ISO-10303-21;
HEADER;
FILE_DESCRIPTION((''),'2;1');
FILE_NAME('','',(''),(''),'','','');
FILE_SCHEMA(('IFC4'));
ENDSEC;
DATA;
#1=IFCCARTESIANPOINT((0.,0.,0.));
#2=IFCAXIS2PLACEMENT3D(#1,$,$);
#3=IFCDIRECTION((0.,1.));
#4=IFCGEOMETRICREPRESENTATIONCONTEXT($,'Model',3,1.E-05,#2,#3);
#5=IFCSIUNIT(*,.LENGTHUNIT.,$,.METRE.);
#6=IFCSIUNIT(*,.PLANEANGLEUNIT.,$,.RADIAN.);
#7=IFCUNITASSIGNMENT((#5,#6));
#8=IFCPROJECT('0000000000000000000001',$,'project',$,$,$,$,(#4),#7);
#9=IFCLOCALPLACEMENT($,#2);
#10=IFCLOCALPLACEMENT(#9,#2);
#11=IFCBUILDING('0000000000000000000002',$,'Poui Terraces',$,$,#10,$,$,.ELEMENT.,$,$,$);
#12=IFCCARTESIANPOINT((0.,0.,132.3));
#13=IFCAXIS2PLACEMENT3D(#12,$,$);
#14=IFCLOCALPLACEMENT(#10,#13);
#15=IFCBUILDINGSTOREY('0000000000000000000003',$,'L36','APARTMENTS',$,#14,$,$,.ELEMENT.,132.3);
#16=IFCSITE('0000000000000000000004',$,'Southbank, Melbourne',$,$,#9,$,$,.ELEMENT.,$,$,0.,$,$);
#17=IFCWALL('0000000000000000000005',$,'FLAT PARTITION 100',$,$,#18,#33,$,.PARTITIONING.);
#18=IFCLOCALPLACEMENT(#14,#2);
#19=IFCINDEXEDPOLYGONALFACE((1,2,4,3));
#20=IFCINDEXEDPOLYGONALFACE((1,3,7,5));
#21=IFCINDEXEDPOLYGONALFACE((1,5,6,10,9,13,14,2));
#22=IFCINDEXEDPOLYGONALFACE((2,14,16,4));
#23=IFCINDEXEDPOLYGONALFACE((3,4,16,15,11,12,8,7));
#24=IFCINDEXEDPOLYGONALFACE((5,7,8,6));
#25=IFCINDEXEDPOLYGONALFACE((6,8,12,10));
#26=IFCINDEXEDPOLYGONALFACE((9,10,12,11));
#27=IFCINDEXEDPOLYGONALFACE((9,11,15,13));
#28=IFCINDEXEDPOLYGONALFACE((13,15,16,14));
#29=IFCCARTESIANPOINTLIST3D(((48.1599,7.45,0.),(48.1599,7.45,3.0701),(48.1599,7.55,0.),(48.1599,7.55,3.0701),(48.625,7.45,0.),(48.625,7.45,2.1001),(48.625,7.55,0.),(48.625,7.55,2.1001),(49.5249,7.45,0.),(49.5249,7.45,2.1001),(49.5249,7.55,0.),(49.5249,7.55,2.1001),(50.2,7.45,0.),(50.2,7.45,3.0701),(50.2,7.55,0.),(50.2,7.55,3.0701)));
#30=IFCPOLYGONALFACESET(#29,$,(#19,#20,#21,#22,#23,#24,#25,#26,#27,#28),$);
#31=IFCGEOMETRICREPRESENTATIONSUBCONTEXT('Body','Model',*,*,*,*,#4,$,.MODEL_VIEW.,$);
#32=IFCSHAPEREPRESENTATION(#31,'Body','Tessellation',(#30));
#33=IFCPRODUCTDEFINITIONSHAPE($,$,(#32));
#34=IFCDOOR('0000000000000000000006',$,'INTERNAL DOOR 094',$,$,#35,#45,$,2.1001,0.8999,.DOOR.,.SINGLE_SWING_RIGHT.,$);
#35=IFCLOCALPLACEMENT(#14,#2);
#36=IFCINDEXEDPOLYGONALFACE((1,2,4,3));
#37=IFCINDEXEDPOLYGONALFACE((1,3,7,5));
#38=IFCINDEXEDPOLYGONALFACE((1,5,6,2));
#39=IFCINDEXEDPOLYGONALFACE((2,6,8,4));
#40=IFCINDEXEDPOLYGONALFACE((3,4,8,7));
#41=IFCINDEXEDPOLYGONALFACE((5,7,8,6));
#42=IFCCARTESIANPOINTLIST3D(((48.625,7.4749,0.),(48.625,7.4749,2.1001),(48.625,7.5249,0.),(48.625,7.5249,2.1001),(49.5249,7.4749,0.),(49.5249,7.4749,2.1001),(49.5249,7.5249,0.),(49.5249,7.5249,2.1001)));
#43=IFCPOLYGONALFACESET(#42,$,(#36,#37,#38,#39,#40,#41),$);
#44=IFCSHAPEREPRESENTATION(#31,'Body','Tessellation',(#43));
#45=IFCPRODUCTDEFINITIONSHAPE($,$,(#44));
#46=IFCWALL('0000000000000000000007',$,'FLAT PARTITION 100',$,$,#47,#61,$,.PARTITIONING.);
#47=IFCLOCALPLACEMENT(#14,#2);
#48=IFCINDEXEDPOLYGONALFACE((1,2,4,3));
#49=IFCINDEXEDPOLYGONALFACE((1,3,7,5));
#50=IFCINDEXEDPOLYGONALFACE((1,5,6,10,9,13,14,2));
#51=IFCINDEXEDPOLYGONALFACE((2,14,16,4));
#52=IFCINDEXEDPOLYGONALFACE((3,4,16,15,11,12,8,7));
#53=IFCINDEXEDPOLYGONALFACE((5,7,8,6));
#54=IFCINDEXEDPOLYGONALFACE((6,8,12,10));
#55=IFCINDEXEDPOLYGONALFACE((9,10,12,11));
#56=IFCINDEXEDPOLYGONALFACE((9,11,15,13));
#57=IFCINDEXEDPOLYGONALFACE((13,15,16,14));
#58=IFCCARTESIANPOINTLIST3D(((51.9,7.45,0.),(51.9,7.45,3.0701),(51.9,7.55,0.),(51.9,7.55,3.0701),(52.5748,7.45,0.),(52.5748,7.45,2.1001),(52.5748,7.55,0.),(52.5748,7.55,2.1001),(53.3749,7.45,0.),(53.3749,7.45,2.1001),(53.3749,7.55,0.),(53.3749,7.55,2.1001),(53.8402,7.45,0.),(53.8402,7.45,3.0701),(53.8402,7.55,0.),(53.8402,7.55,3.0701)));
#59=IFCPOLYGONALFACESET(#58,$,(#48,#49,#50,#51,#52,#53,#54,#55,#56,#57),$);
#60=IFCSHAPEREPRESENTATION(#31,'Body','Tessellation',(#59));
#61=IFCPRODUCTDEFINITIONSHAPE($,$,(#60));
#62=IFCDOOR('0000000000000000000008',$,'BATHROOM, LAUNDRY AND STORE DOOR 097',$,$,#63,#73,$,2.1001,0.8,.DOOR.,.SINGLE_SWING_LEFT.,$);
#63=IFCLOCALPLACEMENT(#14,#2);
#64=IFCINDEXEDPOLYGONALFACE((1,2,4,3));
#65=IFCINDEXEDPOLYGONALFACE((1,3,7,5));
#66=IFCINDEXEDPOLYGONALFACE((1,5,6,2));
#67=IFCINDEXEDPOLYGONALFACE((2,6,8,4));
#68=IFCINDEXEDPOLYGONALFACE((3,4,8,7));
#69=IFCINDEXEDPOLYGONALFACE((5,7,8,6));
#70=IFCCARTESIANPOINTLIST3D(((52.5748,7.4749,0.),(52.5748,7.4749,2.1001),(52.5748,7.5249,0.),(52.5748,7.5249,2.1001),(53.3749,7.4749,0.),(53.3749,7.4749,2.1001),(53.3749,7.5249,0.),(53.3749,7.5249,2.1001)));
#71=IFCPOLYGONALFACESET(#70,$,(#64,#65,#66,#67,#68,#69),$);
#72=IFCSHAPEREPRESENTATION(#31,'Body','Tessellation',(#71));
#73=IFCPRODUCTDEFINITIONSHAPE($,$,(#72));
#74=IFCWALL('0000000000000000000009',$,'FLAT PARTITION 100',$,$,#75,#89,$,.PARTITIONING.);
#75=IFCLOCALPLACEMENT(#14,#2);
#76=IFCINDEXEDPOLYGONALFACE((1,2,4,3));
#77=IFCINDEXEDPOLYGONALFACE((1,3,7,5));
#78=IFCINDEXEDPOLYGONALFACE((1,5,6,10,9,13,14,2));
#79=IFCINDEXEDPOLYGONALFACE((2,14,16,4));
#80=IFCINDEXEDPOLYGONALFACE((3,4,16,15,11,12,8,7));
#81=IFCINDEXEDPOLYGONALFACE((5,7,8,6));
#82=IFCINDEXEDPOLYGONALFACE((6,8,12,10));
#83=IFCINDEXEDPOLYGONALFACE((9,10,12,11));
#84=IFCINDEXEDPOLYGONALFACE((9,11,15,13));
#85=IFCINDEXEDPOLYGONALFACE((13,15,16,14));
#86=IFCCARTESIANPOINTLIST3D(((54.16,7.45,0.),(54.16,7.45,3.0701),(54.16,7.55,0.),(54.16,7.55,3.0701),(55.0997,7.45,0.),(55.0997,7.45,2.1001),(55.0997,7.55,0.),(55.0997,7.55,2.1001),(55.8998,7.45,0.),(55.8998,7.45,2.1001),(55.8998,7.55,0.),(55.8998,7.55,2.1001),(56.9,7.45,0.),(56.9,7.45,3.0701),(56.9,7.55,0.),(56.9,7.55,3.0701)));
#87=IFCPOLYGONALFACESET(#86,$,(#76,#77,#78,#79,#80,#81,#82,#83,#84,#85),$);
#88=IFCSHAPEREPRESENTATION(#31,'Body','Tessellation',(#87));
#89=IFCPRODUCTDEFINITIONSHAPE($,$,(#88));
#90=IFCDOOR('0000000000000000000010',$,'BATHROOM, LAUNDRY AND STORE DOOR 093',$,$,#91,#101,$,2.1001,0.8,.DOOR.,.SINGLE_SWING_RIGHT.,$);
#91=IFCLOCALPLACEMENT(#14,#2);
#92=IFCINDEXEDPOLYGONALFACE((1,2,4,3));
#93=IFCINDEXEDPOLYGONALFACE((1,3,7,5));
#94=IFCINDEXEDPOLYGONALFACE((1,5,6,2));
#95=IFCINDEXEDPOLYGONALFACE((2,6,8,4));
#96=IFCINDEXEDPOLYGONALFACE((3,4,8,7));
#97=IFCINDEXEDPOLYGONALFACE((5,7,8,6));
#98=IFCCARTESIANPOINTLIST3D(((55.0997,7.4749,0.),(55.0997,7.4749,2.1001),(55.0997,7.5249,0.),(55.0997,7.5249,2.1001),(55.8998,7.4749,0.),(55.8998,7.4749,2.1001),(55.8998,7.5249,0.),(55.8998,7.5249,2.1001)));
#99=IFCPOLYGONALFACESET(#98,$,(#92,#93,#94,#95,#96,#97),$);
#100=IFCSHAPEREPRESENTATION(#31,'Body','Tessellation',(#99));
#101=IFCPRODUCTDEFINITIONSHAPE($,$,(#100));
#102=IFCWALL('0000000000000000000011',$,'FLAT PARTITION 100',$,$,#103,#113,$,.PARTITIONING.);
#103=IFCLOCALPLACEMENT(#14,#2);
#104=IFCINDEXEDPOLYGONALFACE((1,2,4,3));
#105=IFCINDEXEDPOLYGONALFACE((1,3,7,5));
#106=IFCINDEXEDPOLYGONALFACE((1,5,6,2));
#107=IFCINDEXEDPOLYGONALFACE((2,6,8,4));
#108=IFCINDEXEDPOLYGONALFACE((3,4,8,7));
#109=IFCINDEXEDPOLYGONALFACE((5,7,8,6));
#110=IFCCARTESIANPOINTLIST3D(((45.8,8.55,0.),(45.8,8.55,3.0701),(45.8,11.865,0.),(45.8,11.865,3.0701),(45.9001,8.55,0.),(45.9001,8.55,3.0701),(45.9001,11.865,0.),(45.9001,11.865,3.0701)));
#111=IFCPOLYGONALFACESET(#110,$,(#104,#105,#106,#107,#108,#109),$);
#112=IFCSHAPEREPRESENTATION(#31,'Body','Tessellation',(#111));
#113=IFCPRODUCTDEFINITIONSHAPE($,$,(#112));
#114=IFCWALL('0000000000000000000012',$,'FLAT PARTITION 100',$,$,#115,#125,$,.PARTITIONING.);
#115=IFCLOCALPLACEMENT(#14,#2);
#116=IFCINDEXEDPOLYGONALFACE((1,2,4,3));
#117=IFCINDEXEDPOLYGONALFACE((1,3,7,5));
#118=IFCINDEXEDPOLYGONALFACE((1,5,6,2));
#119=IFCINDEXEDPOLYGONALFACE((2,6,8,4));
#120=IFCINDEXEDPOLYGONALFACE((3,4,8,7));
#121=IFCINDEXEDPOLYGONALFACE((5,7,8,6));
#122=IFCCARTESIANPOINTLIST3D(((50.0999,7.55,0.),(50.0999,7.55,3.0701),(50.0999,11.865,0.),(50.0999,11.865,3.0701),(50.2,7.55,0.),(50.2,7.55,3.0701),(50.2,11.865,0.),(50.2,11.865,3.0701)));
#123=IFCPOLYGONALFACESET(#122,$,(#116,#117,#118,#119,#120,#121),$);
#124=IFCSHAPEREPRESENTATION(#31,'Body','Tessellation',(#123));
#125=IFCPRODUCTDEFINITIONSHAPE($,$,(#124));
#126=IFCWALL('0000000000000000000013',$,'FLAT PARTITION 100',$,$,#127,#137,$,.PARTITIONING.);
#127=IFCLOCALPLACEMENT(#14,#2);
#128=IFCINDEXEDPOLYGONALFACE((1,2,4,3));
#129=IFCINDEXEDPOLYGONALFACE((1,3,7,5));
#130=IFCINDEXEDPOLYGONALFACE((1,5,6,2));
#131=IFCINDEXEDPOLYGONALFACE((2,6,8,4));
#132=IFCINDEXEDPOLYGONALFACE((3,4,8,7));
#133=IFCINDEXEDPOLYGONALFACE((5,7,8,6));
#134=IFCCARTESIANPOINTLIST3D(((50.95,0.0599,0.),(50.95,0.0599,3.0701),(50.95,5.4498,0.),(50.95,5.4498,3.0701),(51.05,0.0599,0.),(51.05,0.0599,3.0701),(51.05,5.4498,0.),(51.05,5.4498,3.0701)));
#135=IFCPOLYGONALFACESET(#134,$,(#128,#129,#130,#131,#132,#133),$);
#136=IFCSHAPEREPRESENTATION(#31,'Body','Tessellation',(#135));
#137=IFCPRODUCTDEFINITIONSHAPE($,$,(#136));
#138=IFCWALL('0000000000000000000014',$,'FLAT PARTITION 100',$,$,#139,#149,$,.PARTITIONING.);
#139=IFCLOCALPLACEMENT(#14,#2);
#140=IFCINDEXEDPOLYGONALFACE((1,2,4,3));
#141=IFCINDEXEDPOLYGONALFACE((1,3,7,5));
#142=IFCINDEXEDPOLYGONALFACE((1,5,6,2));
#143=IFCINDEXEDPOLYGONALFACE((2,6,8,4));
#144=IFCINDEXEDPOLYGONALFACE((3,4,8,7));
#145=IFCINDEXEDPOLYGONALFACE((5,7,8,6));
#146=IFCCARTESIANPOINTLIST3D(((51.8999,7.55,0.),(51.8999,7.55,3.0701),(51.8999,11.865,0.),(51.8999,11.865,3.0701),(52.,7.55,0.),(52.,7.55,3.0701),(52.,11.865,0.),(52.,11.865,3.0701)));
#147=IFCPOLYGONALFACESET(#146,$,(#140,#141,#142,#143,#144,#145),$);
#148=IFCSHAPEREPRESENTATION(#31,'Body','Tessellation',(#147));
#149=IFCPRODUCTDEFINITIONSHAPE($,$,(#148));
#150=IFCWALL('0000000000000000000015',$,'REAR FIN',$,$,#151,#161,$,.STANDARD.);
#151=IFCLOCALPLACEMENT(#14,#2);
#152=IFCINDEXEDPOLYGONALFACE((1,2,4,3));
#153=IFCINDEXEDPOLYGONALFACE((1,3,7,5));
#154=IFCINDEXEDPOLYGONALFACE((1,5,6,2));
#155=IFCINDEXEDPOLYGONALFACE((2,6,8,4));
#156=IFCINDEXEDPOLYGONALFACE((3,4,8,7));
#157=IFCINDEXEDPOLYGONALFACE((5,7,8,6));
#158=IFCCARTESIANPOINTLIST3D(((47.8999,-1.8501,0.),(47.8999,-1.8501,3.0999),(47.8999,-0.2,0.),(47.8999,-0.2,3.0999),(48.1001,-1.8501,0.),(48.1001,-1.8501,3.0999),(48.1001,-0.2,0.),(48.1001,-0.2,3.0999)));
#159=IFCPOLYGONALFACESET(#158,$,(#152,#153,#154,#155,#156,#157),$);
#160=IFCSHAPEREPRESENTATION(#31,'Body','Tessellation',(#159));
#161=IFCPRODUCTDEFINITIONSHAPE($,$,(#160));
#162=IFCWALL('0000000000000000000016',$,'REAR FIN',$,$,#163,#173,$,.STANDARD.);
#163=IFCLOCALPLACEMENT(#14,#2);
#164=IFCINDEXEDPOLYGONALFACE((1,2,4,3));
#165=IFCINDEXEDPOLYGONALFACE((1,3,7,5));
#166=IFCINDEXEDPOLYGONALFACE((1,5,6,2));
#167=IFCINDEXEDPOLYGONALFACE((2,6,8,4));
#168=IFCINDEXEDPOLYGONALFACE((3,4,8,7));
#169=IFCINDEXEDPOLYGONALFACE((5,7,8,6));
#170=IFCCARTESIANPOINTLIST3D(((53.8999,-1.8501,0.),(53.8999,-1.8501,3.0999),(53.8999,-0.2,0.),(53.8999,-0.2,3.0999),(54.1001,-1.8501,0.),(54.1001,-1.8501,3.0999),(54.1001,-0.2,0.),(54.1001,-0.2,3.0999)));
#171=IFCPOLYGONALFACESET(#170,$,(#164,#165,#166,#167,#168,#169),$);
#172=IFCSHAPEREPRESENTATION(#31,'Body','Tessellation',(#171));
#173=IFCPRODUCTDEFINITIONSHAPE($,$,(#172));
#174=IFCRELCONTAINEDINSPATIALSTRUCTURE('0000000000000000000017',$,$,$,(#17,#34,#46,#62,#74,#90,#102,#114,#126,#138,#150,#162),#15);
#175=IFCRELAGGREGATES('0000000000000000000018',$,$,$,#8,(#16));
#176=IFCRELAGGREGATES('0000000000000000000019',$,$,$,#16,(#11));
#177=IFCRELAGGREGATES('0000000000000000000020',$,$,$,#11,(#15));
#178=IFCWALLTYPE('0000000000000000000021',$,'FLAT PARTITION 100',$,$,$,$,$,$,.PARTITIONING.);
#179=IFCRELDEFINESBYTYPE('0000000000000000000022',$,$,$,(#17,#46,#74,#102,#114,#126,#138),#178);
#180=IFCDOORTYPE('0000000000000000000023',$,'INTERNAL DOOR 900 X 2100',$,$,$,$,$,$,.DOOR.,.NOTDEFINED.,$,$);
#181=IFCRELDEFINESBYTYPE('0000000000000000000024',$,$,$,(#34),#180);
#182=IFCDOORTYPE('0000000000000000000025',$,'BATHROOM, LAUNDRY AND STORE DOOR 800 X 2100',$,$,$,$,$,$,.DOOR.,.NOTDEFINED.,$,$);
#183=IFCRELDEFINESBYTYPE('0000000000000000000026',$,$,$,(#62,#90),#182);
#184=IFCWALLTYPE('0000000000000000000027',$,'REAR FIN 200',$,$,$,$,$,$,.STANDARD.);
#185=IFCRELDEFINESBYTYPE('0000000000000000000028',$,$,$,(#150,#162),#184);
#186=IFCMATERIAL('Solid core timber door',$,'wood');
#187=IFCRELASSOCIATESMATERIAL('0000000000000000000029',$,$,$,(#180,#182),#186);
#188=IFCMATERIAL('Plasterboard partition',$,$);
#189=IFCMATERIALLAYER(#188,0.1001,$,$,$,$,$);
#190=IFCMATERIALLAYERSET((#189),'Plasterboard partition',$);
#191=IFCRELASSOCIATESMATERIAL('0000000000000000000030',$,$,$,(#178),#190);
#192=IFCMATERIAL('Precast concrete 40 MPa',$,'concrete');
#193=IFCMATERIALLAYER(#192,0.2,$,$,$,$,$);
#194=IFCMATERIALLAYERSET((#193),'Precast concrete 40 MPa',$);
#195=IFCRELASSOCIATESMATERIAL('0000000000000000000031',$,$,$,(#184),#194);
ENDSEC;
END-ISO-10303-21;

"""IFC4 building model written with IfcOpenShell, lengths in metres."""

from ifc_helpers import new_model, si_unit, direction, frame, frame_2d, origin, place, context, subcontext, project, spatial, polyline, rectangle, outline, extrude, source, transform, mapped, material, layer, layer_set, type_object, element, fill, save


model = new_model("IFC4")

# Units and contexts
model_context = context("Model", 3, precision=1e-05, world=origin(), true_north=direction((0.0, 1.0)))
body_context = subcontext(model_context, "Body", "Model", "MODEL_VIEW")
ifc_project = project(units=[si_unit("LENGTHUNIT", "METRE"), si_unit("PLANEANGLEUNIT", "RADIAN")], contexts=[model_context])

# Site, building, storey
site_placement = place(None, origin())
site = spatial("IfcSite", under=ifc_project, at=site_placement, Name="Southbank, Melbourne", CompositionType="ELEMENT", RefElevation=0.0)
building_placement = place(site_placement, origin())
building = spatial("IfcBuilding", under=site, at=building_placement, Name="Poui Terraces", CompositionType="ELEMENT")
storey_placement = place(building_placement, frame((0.0, 0.0, 132.3)))
storey = spatial("IfcBuildingStorey", under=building, at=storey_placement, Name="L36", Description="APARTMENTS", CompositionType="ELEMENT", Elevation=132.3)

# Shared definitions
ifc_material_1 = material(Name="Precast concrete 40 MPa", Category="concrete")

# Walls, openings, doors
ifc_material_2 = material(Name="Solid core timber door", Category="wood")
door_type_1 = type_object("IfcDoorType", Name="INTERNAL DOOR 900 X 2100", OperationType="NOTDEFINED", PredefinedType="DOOR", material=ifc_material_2)
ifc_material_3 = material(Name="Plasterboard partition")
ifc_layer_1 = layer(ifc_material_3, 0.1001)
ifc_layer_set_1 = layer_set([ifc_layer_1], Name="Plasterboard partition")
wall_type_1 = type_object("IfcWallType", Name="FLAT PARTITION 100", PredefinedType="PARTITIONING", material=ifc_layer_set_1)
wall_1_placement = place(storey_placement, frame((48.1599, 7.5, 0.0), z_axis=(0.0, 0.0, 1.0), x_axis=(1.0, 0.0, 0.0)))
wall_1 = element("IfcWall", 1, at=wall_1_placement, inside=storey, type_object=wall_type_1, Name="FLAT PARTITION 100", PredefinedType="PARTITIONING", context=body_context, shape_type="SweptSolid", body=[
    extrude(rectangle(XDim=2.04, YDim=0.1001, at=frame_2d((1.02, 0.0))), origin(), (0.0, 0.0, 1.0), 3.0701),
])
opening_1_placement = place(wall_1_placement, frame((0.4651, 0.0, 0.0)))
opening_1 = element("IfcOpeningElement", 2, at=opening_1_placement, cuts=wall_1, PredefinedType="OPENING", context=body_context, shape_type="SweptSolid", body=[
    extrude(rectangle(XDim=0.8999, YDim=2.1001, at=frame_2d((0.45, 1.05))), frame((0.0, 0.0601, 0.0), z_axis=(0.0, -1.0, 0.0), x_axis=(1.0, 0.0, 0.0)), (0.0, 0.0, 1.0), 0.1201),
])
door_1_placement = place(opening_1_placement, origin())
door_1 = element("IfcDoor", 3, at=door_1_placement, inside=storey, type_object=door_type_1, Name="INTERNAL DOOR 094", OperationType="SINGLE_SWING_RIGHT", OverallHeight=2.1001, OverallWidth=0.8999, PredefinedType="DOOR", context=body_context, shape_type="SweptSolid", body=[
    extrude(rectangle(XDim=0.8999, YDim=2.1001, at=frame_2d((0.45, 1.05))), frame((0.0, 0.0249, 0.0), z_axis=(0.0, -1.0, 0.0), x_axis=(1.0, 0.0, 0.0)), (0.0, 0.0, 1.0), 0.05),
])
fill(opening_1, door_1)
wall_2_placement = place(storey_placement, frame((51.8999, 7.5, 0.0), z_axis=(0.0, 0.0, 1.0), x_axis=(1.0, 0.0, 0.0)))
wall_2 = element("IfcWall", 4, at=wall_2_placement, inside=storey, type_object=wall_type_1, Name="FLAT PARTITION 100", PredefinedType="PARTITIONING", context=body_context, shape_type="SweptSolid", body=[
    extrude(rectangle(XDim=1.9402, YDim=0.1001, at=frame_2d((0.9702, 0.0))), origin(), (0.0, 0.0, 1.0), 3.0701),
])
opening_2_placement = place(wall_2_placement, frame((0.675, 0.0, 0.0)))
opening_2 = element("IfcOpeningElement", 5, at=opening_2_placement, cuts=wall_2, PredefinedType="OPENING", context=body_context, shape_type="SweptSolid", body=[
    extrude(rectangle(XDim=0.8, YDim=2.1001, at=frame_2d((0.3999, 1.05))), frame((0.0, 0.0601, 0.0), z_axis=(0.0, -1.0, 0.0), x_axis=(1.0, 0.0, 0.0)), (0.0, 0.0, 1.0), 0.1201),
])
door_type_2 = type_object("IfcDoorType", Name="BATHROOM, LAUNDRY AND STORE DOOR 800 X 2100", OperationType="NOTDEFINED", PredefinedType="DOOR", material=ifc_material_2)
door_2_placement = place(opening_2_placement, origin())
door_2 = element("IfcDoor", 6, at=door_2_placement, inside=storey, type_object=door_type_2, Name="BATHROOM, LAUNDRY AND STORE DOOR 097", OperationType="SINGLE_SWING_LEFT", OverallHeight=2.1001, OverallWidth=0.8, PredefinedType="DOOR", context=body_context, shape_type="SweptSolid", body=[
    extrude(rectangle(XDim=0.8, YDim=2.1001, at=frame_2d((0.3999, 1.05))), frame((0.0, 0.0249, 0.0), z_axis=(0.0, -1.0, 0.0), x_axis=(1.0, 0.0, 0.0)), (0.0, 0.0, 1.0), 0.05),
])
fill(opening_2, door_2)
wall_3_placement = place(storey_placement, frame((54.1599, 7.5, 0.0), z_axis=(0.0, 0.0, 1.0), x_axis=(1.0, 0.0, 0.0)))
wall_3 = element("IfcWall", 7, at=wall_3_placement, inside=storey, type_object=wall_type_1, Name="FLAT PARTITION 100", PredefinedType="PARTITIONING", context=body_context, shape_type="SweptSolid", body=[
    extrude(rectangle(XDim=2.74, YDim=0.1001, at=frame_2d((1.3701, 0.0))), origin(), (0.0, 0.0, 1.0), 3.0701),
])
opening_3_placement = place(wall_3_placement, frame((0.9399, 0.0, 0.0)))
opening_3 = element("IfcOpeningElement", 8, at=opening_3_placement, cuts=wall_3, PredefinedType="OPENING", context=body_context, shape_type="SweptSolid", body=[
    extrude(rectangle(XDim=0.8, YDim=2.1001, at=frame_2d((0.3999, 1.05))), frame((0.0, 0.0601, 0.0), z_axis=(0.0, -1.0, 0.0), x_axis=(1.0, 0.0, 0.0)), (0.0, 0.0, 1.0), 0.1201),
])
door_3_placement = place(opening_3_placement, origin())
door_3 = element("IfcDoor", 9, at=door_3_placement, inside=storey, type_object=door_type_2, Name="BATHROOM, LAUNDRY AND STORE DOOR 093", OperationType="SINGLE_SWING_RIGHT", OverallHeight=2.1001, OverallWidth=0.8, PredefinedType="DOOR", context=body_context, shape_type="SweptSolid", body=[
    extrude(rectangle(XDim=0.8, YDim=2.1001, at=frame_2d((0.3999, 1.05))), frame((0.0, 0.0249, 0.0), z_axis=(0.0, -1.0, 0.0), x_axis=(1.0, 0.0, 0.0)), (0.0, 0.0, 1.0), 0.05),
])
fill(opening_3, door_3)

# Walls
wall_4_placement = place(storey_placement, frame((45.8501, 8.55, 0.0), z_axis=(0.0, 0.0, 1.0), x_axis=(0.0, 1.0, 0.0)))
element("IfcWall", 10, at=wall_4_placement, inside=storey, type_object=wall_type_1, Name="FLAT PARTITION 100", PredefinedType="PARTITIONING", context=body_context, shape_type="SweptSolid", body=[
    extrude(rectangle(XDim=3.3149, YDim=0.1001, at=frame_2d((1.6575, 0.0))), origin(), (0.0, 0.0, 1.0), 3.0701),
])
wall_5_placement = place(storey_placement, frame((50.1499, 7.55, 0.0), z_axis=(0.0, 0.0, 1.0), x_axis=(0.0, 1.0, 0.0)))
element("IfcWall", 11, at=wall_5_placement, inside=storey, type_object=wall_type_1, Name="FLAT PARTITION 100", PredefinedType="PARTITIONING", context=body_context, shape_type="SweptSolid", body=[
    extrude(rectangle(XDim=4.3149, YDim=0.1001, at=frame_2d((2.1575, 0.0))), origin(), (0.0, 0.0, 1.0), 3.0701),
])
wall_6_placement = place(storey_placement, frame((51.0, 0.0601, 0.0), z_axis=(0.0, 0.0, 1.0), x_axis=(0.0, 1.0, 0.0)))
element("IfcWall", 12, at=wall_6_placement, inside=storey, type_object=wall_type_1, Name="FLAT PARTITION 100", PredefinedType="PARTITIONING", context=body_context, shape_type="SweptSolid", body=[
    extrude(rectangle(XDim=5.3899, YDim=0.1001, at=frame_2d((2.6948, 0.0))), origin(), (0.0, 0.0, 1.0), 3.0701),
])
wall_7_placement = place(storey_placement, frame((51.95, 7.55, 0.0), z_axis=(0.0, 0.0, 1.0), x_axis=(0.0, 1.0, 0.0)))
element("IfcWall", 13, at=wall_7_placement, inside=storey, type_object=wall_type_1, Name="FLAT PARTITION 100", PredefinedType="PARTITIONING", context=body_context, shape_type="SweptSolid", body=[
    extrude(rectangle(XDim=4.3149, YDim=0.1001, at=frame_2d((2.1575, 0.0))), origin(), (0.0, 0.0, 1.0), 3.0701),
])
ifc_layer_2 = layer(ifc_material_1, 0.2)
ifc_layer_set_2 = layer_set([ifc_layer_2], Name="Precast concrete 40 MPa")
wall_type_2 = type_object("IfcWallType", Name="REAR FIN 200", PredefinedType="STANDARD", material=ifc_layer_set_2)
shared_shape_1 = source(origin(), body_context, "Body", "SweptSolid", [
    extrude(outline(polyline([(0.0, 0.0), (0.2002, 0.0), (0.2002, 1.6501), (0.0, 1.6501), (0.0, 0.0)])), origin(), (0.0, 0.0, 1.0), 3.0999),
])
for number, where, name in (
    (14, (47.8999, -1.8501, 0.0), "REAR FIN"),
    (15, (53.8999, -1.8501, 0.0), "REAR FIN"),
):
    element("IfcWall", number, at=place(storey_placement, frame(where)), inside=storey, type_object=wall_type_2, Name=name, PredefinedType="STANDARD", context=body_context, shape_type="MappedRepresentation", body=[
        mapped(shared_shape_1, transform((0.0, 0.0, 0.0))),
    ])

save(model, "model.ifc")
